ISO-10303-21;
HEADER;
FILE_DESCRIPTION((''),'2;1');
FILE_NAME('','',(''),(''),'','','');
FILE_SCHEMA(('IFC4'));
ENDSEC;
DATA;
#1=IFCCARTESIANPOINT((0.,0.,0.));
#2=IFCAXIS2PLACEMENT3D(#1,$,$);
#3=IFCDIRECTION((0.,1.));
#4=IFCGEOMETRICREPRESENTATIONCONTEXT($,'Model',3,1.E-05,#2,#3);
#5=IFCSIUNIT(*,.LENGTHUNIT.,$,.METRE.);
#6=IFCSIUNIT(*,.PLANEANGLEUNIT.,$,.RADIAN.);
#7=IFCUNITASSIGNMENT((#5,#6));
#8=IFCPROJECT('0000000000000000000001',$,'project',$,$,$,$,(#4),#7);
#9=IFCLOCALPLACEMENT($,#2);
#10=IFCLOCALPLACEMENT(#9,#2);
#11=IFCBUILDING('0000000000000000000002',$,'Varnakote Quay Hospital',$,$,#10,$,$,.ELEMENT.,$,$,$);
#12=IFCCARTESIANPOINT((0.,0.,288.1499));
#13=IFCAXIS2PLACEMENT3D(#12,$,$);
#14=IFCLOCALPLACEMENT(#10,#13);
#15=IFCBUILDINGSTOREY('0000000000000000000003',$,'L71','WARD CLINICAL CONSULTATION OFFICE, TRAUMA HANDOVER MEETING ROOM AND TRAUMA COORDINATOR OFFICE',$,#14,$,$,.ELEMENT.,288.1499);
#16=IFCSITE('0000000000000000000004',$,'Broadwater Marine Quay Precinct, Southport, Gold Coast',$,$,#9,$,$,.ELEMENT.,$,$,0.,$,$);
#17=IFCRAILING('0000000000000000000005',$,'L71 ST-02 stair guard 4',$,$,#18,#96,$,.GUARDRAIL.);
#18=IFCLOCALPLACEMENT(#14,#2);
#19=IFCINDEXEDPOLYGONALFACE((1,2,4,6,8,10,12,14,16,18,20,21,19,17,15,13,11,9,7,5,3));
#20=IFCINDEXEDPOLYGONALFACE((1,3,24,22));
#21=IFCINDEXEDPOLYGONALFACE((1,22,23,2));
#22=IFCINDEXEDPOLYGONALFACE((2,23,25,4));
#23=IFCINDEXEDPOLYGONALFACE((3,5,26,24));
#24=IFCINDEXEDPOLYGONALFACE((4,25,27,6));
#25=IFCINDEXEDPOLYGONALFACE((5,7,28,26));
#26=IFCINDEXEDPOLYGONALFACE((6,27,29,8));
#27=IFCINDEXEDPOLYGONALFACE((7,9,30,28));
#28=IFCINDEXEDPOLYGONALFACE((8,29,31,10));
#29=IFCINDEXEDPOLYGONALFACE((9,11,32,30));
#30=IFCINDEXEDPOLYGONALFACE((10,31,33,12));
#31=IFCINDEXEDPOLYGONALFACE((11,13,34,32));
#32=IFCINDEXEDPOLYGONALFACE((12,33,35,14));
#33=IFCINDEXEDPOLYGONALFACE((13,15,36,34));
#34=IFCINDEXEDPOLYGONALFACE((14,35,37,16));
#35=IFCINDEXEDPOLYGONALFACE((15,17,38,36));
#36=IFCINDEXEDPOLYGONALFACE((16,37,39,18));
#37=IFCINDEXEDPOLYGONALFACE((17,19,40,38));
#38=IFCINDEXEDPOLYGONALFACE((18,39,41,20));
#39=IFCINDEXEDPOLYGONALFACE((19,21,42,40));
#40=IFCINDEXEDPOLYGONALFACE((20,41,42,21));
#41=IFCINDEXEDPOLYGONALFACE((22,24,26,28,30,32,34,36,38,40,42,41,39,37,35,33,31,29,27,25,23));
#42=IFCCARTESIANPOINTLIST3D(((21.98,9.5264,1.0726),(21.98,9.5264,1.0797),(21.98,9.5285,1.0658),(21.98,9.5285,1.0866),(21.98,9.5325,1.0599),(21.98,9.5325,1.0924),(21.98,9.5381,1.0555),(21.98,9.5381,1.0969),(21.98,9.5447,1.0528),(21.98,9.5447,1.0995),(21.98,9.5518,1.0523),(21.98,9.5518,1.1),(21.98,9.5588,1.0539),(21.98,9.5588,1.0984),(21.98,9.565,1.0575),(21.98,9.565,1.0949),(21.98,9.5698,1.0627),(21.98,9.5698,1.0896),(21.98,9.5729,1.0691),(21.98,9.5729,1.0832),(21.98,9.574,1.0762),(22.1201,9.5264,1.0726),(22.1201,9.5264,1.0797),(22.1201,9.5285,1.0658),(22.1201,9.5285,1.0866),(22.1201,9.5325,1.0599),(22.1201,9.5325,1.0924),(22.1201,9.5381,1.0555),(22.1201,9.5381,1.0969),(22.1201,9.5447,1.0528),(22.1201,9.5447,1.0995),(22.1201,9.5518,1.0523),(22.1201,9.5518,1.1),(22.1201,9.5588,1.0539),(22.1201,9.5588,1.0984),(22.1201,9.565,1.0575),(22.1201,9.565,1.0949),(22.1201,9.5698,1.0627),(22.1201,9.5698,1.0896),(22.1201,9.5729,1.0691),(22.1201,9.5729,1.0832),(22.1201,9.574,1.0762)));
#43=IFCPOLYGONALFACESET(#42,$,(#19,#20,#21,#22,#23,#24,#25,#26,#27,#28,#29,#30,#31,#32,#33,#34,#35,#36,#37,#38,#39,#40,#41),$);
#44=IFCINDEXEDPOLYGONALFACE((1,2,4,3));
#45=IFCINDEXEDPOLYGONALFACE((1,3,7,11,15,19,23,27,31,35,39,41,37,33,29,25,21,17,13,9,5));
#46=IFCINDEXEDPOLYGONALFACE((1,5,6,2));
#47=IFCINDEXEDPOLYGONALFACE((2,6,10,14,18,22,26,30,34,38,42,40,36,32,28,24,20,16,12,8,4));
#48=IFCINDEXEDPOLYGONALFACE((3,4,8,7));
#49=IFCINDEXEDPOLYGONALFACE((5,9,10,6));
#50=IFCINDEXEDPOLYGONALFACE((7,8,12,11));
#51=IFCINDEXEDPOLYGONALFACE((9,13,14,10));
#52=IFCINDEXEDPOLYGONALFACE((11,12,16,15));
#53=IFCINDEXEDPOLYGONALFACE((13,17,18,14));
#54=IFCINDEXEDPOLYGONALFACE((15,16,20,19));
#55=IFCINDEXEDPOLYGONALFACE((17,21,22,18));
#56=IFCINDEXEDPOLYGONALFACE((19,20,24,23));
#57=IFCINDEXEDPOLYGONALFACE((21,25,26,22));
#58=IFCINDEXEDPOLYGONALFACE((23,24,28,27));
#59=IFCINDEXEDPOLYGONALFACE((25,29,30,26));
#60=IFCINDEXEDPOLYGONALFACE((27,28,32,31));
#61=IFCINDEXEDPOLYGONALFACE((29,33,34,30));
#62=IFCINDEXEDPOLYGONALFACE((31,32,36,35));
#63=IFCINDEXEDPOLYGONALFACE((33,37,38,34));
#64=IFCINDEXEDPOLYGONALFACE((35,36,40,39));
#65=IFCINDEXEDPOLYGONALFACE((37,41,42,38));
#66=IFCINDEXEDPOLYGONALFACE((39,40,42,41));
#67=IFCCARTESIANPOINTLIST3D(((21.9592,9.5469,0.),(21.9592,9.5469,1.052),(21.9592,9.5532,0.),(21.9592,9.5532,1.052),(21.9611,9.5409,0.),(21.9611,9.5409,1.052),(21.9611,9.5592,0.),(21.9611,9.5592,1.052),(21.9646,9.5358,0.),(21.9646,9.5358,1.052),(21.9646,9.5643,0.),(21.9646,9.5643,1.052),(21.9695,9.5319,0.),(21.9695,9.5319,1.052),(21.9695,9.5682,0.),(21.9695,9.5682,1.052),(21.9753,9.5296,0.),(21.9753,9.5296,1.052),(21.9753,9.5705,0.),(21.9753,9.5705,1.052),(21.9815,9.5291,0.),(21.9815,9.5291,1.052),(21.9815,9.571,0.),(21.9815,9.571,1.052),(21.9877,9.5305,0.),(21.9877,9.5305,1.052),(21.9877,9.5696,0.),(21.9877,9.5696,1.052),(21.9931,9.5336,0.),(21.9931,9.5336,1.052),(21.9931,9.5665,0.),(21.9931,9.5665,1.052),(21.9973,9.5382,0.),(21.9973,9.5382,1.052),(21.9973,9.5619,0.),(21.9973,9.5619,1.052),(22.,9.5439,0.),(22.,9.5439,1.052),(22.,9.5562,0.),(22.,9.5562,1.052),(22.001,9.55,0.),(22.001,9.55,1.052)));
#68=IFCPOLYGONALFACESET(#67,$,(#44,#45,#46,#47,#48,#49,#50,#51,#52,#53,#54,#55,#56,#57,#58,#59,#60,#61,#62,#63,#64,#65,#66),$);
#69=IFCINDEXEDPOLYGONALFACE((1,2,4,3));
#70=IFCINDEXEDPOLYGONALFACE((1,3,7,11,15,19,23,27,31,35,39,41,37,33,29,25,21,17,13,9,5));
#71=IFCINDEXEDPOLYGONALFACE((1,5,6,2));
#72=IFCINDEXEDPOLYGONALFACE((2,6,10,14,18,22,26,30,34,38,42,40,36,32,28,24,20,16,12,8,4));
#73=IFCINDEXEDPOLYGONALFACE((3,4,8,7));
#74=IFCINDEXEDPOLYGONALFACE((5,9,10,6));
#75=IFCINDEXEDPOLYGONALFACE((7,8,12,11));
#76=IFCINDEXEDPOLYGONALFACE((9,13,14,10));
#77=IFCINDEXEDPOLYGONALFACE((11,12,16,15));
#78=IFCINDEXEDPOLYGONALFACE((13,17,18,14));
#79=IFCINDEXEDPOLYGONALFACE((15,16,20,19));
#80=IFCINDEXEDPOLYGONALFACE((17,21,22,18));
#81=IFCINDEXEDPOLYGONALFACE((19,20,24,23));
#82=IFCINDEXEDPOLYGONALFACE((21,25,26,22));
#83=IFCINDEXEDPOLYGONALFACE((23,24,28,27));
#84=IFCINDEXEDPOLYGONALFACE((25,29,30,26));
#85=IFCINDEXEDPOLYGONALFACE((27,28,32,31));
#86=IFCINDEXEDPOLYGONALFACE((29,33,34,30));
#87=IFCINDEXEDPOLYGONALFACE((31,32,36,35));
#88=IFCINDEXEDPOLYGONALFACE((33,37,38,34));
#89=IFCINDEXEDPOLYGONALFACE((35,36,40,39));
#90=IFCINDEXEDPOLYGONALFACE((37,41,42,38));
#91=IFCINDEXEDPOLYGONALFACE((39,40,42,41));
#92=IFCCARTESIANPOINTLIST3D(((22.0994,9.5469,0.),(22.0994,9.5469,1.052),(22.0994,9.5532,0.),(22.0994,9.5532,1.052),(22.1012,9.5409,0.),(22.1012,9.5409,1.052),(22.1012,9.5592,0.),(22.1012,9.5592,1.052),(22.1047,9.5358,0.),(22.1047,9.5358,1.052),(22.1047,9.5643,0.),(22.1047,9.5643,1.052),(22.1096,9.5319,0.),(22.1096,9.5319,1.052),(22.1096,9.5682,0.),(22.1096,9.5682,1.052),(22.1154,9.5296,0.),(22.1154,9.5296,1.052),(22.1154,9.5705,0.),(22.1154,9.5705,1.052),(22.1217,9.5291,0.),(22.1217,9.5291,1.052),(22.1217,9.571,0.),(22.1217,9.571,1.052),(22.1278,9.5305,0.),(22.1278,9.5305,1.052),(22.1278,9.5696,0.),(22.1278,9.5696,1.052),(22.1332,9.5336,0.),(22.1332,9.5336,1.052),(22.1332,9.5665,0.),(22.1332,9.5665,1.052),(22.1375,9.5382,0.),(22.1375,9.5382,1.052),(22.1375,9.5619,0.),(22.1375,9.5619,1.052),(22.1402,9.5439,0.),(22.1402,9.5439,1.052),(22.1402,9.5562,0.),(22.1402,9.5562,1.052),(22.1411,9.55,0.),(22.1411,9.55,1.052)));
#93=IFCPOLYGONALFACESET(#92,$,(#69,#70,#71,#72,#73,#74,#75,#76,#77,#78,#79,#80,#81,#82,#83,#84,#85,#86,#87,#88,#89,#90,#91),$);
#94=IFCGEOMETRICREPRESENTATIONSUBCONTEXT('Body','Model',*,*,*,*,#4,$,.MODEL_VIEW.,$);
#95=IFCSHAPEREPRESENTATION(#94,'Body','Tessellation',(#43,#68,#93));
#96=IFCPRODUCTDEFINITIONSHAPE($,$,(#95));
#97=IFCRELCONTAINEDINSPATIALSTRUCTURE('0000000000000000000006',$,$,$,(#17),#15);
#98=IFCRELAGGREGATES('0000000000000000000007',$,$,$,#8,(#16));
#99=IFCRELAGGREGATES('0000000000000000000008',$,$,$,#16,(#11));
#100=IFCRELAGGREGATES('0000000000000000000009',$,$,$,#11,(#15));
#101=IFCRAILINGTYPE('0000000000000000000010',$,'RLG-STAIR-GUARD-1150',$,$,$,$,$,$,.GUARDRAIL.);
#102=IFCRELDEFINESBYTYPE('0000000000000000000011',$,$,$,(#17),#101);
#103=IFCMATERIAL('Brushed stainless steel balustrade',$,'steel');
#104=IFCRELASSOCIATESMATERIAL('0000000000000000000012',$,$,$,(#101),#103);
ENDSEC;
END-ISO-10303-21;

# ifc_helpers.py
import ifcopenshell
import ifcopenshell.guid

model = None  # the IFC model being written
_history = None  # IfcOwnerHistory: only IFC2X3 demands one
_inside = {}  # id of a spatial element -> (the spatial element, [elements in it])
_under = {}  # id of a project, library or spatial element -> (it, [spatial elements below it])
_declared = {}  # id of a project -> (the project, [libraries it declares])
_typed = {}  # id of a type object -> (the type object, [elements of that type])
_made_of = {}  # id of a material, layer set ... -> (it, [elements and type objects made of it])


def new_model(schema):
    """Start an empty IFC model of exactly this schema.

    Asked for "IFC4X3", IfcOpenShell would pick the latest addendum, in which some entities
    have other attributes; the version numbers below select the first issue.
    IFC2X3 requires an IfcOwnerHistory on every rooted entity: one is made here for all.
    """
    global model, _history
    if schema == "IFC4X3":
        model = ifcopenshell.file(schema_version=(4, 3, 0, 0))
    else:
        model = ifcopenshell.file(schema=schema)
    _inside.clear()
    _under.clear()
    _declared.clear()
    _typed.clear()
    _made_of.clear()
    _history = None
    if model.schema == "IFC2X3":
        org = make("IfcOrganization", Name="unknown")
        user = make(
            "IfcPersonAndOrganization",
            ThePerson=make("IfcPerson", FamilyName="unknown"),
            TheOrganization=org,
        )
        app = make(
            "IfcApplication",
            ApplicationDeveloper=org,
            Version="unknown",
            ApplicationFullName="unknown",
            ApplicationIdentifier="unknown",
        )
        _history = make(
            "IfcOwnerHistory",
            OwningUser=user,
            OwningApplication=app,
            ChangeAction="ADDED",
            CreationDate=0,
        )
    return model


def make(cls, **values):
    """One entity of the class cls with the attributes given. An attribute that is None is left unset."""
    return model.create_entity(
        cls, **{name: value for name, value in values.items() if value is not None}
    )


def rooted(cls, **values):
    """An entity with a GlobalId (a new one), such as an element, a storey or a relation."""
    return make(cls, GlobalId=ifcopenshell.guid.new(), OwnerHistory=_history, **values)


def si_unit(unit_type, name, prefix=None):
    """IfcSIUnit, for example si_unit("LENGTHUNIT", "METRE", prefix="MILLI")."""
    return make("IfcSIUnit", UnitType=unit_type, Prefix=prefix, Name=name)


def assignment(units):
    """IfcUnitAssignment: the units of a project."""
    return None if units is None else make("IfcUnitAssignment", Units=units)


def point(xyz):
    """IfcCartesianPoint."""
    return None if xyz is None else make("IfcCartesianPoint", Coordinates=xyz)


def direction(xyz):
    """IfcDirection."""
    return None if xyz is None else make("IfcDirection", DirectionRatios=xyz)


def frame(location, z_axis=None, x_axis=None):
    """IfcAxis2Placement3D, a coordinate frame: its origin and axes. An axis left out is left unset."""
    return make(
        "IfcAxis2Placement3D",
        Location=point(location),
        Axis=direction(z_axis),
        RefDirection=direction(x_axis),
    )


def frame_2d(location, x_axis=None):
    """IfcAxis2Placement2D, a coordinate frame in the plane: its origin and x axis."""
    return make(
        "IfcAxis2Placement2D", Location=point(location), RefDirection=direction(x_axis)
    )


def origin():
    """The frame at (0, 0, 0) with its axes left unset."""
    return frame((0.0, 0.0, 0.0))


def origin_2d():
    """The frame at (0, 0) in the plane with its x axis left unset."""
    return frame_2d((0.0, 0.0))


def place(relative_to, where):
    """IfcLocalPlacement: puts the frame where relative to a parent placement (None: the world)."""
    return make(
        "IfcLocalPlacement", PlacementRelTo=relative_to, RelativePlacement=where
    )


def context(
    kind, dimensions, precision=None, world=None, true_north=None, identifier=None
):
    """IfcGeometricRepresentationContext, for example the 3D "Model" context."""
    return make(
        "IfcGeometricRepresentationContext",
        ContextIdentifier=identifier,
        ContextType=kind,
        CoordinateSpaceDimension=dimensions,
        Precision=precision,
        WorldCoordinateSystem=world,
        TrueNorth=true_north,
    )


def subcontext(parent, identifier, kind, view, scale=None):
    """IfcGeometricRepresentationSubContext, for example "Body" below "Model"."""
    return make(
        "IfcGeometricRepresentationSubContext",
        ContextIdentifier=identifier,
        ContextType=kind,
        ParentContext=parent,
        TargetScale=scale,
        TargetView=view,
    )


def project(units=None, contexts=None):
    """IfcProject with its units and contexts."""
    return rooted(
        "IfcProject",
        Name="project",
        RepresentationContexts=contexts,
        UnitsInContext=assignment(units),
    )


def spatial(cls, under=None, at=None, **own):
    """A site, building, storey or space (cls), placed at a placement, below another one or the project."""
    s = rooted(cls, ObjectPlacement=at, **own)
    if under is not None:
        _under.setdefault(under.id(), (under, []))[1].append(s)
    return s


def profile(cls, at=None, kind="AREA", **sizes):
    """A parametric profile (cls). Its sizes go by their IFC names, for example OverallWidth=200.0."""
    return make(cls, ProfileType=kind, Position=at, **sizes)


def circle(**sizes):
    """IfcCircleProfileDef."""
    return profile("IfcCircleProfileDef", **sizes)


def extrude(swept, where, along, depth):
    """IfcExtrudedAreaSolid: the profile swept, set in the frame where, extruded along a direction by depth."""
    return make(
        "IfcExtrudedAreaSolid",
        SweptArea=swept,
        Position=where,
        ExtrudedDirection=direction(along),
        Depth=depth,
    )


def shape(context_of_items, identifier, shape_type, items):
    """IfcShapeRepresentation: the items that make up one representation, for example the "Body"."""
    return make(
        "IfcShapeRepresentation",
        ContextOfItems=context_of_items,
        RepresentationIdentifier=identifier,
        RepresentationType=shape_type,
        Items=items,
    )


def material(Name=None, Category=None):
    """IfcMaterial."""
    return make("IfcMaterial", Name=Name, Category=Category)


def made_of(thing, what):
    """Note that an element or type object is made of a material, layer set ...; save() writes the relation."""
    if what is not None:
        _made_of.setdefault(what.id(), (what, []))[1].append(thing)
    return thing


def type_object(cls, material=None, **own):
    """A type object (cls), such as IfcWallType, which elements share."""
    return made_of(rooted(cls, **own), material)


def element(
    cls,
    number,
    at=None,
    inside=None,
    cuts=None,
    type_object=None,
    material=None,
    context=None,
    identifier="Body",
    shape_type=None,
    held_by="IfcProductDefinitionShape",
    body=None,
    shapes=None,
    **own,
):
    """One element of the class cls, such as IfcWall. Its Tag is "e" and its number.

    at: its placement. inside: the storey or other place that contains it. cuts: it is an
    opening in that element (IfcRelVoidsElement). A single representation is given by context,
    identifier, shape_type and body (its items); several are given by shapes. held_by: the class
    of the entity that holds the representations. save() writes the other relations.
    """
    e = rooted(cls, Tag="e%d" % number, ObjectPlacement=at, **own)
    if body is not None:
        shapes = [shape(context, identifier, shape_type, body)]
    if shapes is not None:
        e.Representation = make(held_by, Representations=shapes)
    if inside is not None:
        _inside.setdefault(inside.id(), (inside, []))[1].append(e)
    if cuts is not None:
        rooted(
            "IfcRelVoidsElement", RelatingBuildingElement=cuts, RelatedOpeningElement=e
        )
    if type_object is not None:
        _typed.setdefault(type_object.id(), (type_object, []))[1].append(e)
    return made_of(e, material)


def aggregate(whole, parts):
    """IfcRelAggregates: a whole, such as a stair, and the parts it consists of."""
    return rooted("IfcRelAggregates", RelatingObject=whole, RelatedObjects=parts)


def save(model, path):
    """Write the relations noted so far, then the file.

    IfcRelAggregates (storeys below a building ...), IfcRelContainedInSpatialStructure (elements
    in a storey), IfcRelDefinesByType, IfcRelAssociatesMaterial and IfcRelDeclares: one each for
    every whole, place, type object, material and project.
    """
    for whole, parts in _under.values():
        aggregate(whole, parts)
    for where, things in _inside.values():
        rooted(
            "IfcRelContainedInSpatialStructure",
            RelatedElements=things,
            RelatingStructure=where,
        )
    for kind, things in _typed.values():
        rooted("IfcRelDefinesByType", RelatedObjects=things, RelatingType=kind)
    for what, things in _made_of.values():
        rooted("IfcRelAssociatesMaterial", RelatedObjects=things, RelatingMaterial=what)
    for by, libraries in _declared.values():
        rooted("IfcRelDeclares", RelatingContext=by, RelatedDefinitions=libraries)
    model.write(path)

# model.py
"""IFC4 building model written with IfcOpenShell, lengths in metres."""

from ifc_helpers import new_model, si_unit, direction, frame, origin, origin_2d, place, context, subcontext, project, spatial, circle, extrude, material, type_object, element, save


model = new_model("IFC4")

# Units and contexts
model_context = context("Model", 3, precision=1e-05, world=origin(), true_north=direction((0.0, 1.0)))
body_context = subcontext(model_context, "Body", "Model", "MODEL_VIEW")
ifc_project = project(units=[si_unit("LENGTHUNIT", "METRE"), si_unit("PLANEANGLEUNIT", "RADIAN")], contexts=[model_context])

# Site, building, storey
site_placement = place(None, origin())
site = spatial("IfcSite", under=ifc_project, at=site_placement, Name="Broadwater Marine Quay Precinct, Southport, Gold Coast", CompositionType="ELEMENT", RefElevation=0.0)
building_placement = place(site_placement, origin())
building = spatial("IfcBuilding", under=site, at=building_placement, Name="Varnakote Quay Hospital", CompositionType="ELEMENT")
storey_placement = place(building_placement, frame((0.0, 0.0, 288.1499)))
storey = spatial("IfcBuildingStorey", under=building, at=storey_placement, Name="L71", Description="WARD CLINICAL CONSULTATION OFFICE, TRAUMA HANDOVER MEETING ROOM AND TRAUMA COORDINATOR OFFICE", CompositionType="ELEMENT", Elevation=288.1499)

# Railing
ifc_material_1 = material(Name="Brushed stainless steel balustrade", Category="steel")
railing_type_1 = type_object("IfcRailingType", Name="RLG-STAIR-GUARD-1150", PredefinedType="GUARDRAIL", material=ifc_material_1)
railing_1_placement = place(storey_placement, frame((21.98, 9.55, 0.0)))
element("IfcRailing", 1, at=railing_1_placement, inside=storey, type_object=railing_type_1, Name="L71 ST-02 stair guard 4", PredefinedType="GUARDRAIL", context=body_context, shape_type="SweptSolid", body=[
    extrude(circle(Radius=0.0239, at=origin_2d()), frame((0.0, 0.0, 1.0762), z_axis=(1.0, 0.0, 0.0), x_axis=(0.0, 1.0, 0.0)), (0.0, 0.0, 1.0), 0.1401),
    extrude(circle(Radius=0.021, at=origin_2d()), origin(), (0.0, 0.0, 1.0), 1.052),
    extrude(circle(Radius=0.021, at=origin_2d()), frame((0.1401, 0.0, 0.0)), (0.0, 0.0, 1.0), 1.052),
])

save(model, "model.ifc")
